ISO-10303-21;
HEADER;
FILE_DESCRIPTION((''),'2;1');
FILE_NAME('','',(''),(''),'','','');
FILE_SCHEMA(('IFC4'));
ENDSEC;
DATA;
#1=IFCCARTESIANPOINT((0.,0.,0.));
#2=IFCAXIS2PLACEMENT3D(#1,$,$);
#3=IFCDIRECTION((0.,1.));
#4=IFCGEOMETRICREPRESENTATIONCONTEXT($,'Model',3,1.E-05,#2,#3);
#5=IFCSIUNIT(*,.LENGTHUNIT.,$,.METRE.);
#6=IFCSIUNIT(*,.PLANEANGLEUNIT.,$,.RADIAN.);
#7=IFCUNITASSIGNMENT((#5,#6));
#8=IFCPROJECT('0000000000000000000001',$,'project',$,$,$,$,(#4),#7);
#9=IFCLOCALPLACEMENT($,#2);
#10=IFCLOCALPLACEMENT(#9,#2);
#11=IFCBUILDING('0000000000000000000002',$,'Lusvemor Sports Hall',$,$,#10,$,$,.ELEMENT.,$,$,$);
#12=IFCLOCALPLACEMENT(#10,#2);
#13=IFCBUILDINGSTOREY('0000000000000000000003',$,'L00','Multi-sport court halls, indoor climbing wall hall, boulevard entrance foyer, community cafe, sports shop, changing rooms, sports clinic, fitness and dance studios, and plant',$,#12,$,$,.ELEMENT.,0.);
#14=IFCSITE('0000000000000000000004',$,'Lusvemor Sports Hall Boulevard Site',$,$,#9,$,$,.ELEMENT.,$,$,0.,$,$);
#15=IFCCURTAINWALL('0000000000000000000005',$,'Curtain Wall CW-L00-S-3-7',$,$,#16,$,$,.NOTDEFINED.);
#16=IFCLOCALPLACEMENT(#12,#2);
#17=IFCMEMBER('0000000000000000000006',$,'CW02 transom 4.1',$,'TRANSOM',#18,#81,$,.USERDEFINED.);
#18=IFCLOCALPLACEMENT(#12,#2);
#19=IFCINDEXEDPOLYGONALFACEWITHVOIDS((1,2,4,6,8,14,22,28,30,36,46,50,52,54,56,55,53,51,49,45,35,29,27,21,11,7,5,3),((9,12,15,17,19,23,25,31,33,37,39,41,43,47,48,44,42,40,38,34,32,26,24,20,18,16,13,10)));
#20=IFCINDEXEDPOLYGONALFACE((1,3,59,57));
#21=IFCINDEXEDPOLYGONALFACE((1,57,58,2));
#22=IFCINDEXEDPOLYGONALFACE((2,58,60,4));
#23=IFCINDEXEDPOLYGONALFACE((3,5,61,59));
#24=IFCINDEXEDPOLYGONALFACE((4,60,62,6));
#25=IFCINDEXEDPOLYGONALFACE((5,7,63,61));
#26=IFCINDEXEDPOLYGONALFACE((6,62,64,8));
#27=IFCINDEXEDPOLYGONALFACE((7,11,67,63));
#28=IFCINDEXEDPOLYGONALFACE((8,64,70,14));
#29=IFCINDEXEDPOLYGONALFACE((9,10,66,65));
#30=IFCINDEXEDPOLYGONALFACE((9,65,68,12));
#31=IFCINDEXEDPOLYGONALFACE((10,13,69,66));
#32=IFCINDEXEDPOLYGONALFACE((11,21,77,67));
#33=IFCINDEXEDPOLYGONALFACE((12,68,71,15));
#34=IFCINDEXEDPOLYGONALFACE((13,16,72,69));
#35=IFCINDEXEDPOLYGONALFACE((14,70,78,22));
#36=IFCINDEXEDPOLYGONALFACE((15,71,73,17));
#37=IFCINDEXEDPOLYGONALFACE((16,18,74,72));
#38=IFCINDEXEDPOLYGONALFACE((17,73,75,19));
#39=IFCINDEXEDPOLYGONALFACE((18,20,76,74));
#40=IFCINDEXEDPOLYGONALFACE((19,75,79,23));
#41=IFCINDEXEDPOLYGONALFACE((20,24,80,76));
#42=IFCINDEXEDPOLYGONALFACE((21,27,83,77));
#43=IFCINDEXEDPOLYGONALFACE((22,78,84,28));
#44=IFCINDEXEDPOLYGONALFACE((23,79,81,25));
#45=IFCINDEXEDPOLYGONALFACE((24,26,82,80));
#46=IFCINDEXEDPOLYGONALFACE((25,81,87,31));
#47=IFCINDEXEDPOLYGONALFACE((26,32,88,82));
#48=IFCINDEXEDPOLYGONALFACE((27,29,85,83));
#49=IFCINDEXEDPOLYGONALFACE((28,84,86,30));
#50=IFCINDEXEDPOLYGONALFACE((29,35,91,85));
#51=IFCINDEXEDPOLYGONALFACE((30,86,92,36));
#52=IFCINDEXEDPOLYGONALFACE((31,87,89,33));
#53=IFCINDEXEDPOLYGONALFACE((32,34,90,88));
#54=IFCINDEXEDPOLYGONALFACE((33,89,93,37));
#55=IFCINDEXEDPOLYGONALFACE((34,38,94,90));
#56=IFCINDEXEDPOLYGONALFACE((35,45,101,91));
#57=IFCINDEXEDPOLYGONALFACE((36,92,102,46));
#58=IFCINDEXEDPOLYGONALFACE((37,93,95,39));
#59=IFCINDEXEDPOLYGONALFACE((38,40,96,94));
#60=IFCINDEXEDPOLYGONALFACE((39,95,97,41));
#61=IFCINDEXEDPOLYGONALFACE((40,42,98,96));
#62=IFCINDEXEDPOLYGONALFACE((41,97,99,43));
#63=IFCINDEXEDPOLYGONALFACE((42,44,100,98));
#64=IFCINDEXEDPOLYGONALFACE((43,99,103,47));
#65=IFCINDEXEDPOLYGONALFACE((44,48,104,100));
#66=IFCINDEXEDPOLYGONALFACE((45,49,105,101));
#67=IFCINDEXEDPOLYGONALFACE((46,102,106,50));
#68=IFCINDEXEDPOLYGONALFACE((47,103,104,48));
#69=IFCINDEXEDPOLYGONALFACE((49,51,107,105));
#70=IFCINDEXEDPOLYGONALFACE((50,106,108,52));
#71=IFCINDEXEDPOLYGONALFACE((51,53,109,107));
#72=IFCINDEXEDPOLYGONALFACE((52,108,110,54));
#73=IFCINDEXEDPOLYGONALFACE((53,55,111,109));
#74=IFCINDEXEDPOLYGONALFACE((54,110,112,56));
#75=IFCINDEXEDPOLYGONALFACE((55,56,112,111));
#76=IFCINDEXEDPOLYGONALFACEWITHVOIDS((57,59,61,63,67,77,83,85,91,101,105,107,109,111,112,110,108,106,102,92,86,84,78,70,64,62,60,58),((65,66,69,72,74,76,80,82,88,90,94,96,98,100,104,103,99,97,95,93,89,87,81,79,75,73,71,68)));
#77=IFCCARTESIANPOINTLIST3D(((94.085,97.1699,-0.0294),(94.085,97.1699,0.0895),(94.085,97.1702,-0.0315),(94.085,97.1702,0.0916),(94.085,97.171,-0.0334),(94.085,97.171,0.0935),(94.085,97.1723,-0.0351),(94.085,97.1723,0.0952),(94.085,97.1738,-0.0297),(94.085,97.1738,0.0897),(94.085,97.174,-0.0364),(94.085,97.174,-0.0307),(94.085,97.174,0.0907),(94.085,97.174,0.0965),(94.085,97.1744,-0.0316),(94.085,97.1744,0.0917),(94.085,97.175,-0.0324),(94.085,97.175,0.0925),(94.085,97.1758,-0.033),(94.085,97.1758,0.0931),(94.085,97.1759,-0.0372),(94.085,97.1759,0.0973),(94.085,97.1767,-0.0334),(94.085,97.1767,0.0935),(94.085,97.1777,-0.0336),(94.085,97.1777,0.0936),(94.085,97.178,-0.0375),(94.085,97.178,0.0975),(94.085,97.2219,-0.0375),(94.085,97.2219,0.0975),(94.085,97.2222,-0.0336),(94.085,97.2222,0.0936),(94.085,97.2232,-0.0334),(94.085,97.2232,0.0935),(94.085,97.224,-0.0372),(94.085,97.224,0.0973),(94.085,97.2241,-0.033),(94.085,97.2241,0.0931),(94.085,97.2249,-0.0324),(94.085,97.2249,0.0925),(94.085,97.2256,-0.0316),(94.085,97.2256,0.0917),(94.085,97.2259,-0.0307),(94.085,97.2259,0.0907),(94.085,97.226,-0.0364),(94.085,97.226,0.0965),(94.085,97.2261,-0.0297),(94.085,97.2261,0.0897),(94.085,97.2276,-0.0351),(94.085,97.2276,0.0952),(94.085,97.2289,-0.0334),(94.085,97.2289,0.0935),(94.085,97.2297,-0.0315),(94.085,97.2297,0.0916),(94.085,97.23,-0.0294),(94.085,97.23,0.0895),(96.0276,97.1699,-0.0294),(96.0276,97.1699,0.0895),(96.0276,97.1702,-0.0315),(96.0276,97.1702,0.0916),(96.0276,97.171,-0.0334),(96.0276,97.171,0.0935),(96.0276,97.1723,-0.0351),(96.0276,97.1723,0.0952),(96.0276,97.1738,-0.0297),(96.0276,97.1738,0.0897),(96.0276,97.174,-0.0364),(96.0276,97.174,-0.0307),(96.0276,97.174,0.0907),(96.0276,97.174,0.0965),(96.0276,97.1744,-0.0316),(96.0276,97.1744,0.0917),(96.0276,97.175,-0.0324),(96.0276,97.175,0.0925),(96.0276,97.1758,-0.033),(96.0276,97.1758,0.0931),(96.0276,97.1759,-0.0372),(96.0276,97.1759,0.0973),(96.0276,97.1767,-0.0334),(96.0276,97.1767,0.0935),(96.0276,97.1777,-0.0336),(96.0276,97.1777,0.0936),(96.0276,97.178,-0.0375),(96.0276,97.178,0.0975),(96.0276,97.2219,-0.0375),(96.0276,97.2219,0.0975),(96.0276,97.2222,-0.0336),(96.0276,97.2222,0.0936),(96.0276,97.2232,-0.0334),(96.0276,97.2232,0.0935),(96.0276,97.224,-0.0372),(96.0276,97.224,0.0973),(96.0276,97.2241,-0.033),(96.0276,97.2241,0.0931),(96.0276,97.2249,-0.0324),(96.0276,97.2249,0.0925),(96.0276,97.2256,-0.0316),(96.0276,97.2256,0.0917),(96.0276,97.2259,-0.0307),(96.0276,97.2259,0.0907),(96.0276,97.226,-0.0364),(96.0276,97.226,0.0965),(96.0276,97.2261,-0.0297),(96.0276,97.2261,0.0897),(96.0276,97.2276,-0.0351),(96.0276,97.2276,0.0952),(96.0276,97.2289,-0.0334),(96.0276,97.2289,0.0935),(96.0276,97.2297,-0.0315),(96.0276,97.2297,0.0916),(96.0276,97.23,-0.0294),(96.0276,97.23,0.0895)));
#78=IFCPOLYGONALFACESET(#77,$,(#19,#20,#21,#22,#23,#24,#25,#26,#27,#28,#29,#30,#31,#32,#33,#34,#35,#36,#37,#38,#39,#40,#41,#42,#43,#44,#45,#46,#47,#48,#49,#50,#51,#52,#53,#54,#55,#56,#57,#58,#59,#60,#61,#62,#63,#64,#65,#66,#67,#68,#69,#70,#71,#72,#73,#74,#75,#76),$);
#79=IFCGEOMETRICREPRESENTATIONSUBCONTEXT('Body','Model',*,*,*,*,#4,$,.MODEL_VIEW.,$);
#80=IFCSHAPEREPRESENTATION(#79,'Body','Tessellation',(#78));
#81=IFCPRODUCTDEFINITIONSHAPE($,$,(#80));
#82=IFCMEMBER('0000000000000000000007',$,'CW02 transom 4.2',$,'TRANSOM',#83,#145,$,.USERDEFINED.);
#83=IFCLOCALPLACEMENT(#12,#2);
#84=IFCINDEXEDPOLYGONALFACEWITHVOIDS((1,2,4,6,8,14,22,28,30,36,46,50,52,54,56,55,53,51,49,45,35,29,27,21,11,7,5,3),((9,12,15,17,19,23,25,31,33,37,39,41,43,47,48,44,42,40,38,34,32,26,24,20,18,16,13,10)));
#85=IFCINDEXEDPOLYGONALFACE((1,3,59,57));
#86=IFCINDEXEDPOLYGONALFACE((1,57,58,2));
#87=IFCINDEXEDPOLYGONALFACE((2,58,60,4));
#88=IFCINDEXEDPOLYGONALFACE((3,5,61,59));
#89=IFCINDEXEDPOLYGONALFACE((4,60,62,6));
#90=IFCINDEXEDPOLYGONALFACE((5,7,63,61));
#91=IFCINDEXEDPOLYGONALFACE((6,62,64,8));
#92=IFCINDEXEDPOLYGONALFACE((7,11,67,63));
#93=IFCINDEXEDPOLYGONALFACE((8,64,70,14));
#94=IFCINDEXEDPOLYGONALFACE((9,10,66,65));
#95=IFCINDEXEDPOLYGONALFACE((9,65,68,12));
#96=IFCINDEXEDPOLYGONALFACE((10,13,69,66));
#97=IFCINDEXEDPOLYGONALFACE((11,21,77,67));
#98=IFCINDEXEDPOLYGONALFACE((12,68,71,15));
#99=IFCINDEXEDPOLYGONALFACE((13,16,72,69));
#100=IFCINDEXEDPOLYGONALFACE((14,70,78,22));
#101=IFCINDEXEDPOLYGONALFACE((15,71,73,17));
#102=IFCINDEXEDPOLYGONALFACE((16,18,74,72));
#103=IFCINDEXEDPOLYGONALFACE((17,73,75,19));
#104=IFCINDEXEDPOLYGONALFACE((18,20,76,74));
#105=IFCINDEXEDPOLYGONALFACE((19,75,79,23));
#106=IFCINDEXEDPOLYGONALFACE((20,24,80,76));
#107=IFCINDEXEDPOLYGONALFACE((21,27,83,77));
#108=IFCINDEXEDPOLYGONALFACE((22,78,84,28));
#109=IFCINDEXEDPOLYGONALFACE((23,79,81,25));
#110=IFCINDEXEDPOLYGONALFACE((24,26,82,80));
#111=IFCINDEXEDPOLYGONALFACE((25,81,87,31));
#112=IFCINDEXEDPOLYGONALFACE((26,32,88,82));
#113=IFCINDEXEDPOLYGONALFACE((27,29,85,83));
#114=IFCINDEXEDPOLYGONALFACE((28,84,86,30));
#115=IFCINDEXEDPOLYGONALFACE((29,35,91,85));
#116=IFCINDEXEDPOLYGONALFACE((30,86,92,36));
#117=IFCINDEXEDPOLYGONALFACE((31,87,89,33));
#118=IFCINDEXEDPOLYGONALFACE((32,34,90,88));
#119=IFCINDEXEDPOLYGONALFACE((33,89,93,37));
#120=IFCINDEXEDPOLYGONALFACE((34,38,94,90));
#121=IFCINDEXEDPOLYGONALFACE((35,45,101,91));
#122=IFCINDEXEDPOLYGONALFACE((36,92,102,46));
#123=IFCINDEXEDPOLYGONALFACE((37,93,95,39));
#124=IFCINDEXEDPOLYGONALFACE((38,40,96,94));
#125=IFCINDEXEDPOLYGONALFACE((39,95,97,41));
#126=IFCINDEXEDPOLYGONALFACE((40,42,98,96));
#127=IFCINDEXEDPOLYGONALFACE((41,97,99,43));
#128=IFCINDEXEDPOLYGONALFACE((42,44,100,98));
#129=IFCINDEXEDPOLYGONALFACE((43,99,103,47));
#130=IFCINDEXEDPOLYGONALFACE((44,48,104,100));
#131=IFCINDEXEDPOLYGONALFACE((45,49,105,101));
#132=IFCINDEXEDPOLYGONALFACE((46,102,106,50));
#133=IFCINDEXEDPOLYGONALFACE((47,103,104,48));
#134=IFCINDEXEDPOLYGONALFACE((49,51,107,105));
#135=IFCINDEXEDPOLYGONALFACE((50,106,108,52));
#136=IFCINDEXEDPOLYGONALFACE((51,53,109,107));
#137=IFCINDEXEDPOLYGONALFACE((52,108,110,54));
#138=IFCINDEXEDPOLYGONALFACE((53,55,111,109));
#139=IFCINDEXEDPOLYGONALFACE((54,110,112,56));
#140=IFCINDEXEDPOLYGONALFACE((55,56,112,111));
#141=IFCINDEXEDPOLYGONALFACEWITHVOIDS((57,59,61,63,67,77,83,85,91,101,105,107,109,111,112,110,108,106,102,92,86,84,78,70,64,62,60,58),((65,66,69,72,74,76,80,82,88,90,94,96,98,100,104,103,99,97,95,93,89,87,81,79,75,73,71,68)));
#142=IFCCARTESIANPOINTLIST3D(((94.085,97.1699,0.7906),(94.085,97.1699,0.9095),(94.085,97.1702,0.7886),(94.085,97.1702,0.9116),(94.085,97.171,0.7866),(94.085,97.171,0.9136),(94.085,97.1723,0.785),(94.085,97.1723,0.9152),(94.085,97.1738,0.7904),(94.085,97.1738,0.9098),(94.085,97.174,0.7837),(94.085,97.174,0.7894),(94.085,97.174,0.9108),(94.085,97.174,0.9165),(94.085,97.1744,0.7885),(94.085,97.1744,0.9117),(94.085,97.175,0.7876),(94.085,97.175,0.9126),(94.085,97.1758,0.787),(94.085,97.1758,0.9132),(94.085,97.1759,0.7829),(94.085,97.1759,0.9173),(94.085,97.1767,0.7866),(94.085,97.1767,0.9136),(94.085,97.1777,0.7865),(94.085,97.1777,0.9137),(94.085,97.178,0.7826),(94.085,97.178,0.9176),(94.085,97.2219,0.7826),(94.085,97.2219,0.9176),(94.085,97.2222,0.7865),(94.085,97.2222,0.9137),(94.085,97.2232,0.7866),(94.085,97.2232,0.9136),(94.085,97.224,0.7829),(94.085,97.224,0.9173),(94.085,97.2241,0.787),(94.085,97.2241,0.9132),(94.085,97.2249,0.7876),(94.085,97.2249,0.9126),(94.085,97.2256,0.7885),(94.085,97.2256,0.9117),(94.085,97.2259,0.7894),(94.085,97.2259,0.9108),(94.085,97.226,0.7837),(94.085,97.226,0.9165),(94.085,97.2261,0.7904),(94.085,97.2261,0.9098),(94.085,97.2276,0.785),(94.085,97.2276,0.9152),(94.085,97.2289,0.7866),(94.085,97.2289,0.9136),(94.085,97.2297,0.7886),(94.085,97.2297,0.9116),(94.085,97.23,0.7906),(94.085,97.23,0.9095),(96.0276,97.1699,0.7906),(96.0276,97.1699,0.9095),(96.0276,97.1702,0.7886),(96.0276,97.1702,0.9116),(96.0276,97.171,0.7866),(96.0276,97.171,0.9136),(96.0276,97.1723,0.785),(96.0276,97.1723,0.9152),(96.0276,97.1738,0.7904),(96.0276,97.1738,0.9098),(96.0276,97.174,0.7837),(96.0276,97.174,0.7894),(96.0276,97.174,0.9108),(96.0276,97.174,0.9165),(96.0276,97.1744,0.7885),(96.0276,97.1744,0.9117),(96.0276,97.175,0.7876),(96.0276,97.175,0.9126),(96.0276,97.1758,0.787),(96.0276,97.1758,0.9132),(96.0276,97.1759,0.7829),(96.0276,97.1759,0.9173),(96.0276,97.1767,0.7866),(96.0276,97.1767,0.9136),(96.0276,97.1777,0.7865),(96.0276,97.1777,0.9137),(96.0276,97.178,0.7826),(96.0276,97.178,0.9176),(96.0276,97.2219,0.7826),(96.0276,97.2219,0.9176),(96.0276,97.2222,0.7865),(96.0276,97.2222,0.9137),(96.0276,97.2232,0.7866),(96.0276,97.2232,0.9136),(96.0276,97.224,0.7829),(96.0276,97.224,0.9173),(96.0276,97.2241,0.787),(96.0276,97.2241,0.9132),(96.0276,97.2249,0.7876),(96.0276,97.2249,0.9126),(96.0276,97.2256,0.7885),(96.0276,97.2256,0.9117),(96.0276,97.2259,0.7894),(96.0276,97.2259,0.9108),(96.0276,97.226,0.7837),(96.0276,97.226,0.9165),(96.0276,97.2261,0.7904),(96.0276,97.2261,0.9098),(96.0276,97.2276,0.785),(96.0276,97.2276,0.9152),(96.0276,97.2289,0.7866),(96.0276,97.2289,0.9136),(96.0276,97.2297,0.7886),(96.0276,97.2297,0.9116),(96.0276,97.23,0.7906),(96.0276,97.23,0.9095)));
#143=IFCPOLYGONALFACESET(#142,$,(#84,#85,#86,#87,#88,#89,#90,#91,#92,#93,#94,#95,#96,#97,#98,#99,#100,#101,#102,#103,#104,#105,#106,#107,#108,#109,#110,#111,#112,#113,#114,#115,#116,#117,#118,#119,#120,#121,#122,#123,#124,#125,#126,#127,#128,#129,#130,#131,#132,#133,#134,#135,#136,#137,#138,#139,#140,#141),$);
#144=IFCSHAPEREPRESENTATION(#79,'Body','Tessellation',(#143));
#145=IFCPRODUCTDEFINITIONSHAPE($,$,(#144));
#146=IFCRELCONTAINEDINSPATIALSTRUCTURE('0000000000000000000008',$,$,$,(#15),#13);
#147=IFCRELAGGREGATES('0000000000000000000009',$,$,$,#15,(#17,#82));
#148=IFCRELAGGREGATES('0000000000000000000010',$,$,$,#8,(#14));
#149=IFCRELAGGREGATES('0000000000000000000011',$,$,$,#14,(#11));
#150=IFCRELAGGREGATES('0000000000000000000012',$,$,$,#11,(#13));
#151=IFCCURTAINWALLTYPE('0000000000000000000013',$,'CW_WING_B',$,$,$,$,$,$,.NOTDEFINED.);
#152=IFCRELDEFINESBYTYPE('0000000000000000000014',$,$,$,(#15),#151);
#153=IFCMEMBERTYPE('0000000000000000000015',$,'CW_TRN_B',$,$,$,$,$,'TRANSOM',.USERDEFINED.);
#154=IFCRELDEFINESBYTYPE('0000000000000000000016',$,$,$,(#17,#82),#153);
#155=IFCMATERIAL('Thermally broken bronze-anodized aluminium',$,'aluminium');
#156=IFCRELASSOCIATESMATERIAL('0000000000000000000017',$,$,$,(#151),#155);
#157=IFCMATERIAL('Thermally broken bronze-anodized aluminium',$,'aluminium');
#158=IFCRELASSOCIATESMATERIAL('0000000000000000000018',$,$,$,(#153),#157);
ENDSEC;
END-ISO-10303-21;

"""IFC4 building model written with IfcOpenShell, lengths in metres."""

from ifc_helpers import new_model, si_unit, direction, frame, origin, origin_2d, place, context, subcontext, project, spatial, hollow_rectangle, extrude, material, material_profile, profile_set, type_object, element, aggregate, save


model = new_model("IFC4")

# Units and contexts
model_context = context("Model", 3, precision=1e-05, world=origin(), true_north=direction((0.0, 1.0)))
body_context = subcontext(model_context, "Body", "Model", "MODEL_VIEW")
ifc_project = project(units=[si_unit("LENGTHUNIT", "METRE"), si_unit("PLANEANGLEUNIT", "RADIAN")], contexts=[model_context])

# Site, building, storey
site_placement = place(None, origin())
site = spatial("IfcSite", under=ifc_project, at=site_placement, Name="Lusvemor Sports Hall Boulevard Site", CompositionType="ELEMENT", RefElevation=0.0)
building_placement = place(site_placement, origin())
building = spatial("IfcBuilding", under=site, at=building_placement, Name="Lusvemor Sports Hall", CompositionType="ELEMENT")
storey_placement = place(building_placement, origin())
storey = spatial("IfcBuildingStorey", under=building, at=storey_placement, Name="L00", Description="Multi-sport court halls, indoor climbing wall hall, boulevard entrance foyer, community cafe, sports shop, changing rooms, sports clinic, fitness and dance studios, and plant", CompositionType="ELEMENT", Elevation=0.0)

# Curtain wall, members
ifc_material_1 = material(Name="Thermally broken bronze-anodized aluminium", Category="aluminium")
curtain_wall_type = type_object("IfcCurtainWallType", Name="CW_WING_B", PredefinedType="NOTDEFINED", material=ifc_material_1)
curtain_wall_placement = place(storey_placement, origin())
curtain_wall = element("IfcCurtainWall", 1, at=curtain_wall_placement, inside=storey, type_object=curtain_wall_type, Name="Curtain Wall CW-L00-S-3-7", PredefinedType="NOTDEFINED")
ifc_material_2 = material(Name="Thermally broken bronze-anodized aluminium", Category="aluminium")
ifc_material_profile_1 = material_profile(ifc_material_2, hollow_rectangle(XDim=0.0601, YDim=0.135, WallThickness=0.0039, InnerFilletRadius=0.0039, OuterFilletRadius=0.0081, at=origin_2d()), Name="CWTRN135x60x4")
ifc_profile_set_1 = profile_set([ifc_material_profile_1], Name="Thermally broken bronze-anodized aluminium")
member_type_1 = type_object("IfcMemberType", Name="CW_TRN_B", ElementType="TRANSOM", PredefinedType="USERDEFINED", material=ifc_profile_set_1)
member_1_placement = place(storey_placement, frame((96.0276, 97.2, 0.03), z_axis=(-1.0, 0.0, 0.0), x_axis=(0.0, -1.0, 0.0)))
member_1 = element("IfcMember", 2, at=member_1_placement, type_object=member_type_1, Name="CW02 transom 4.1", ObjectType="TRANSOM", PredefinedType="USERDEFINED", context=body_context, shape_type="SweptSolid", body=[
    extrude(hollow_rectangle(XDim=0.0601, YDim=0.135, WallThickness=0.0039, InnerFilletRadius=0.0039, OuterFilletRadius=0.0081, at=origin_2d()), origin(), (0.0, 0.0, 1.0), 1.9426),
])
member_2_placement = place(storey_placement, frame((96.0276, 97.2, 0.8501), z_axis=(-1.0, 0.0, 0.0), x_axis=(0.0, -1.0, 0.0)))
member_2 = element("IfcMember", 3, at=member_2_placement, type_object=member_type_1, Name="CW02 transom 4.2", ObjectType="TRANSOM", PredefinedType="USERDEFINED", context=body_context, shape_type="SweptSolid", body=[
    extrude(hollow_rectangle(XDim=0.0601, YDim=0.135, WallThickness=0.0039, InnerFilletRadius=0.0039, OuterFilletRadius=0.0081, at=origin_2d()), origin(), (0.0, 0.0, 1.0), 1.9426),
])
aggregate(curtain_wall, [member_1, member_2])

save(model, "model.ifc")
